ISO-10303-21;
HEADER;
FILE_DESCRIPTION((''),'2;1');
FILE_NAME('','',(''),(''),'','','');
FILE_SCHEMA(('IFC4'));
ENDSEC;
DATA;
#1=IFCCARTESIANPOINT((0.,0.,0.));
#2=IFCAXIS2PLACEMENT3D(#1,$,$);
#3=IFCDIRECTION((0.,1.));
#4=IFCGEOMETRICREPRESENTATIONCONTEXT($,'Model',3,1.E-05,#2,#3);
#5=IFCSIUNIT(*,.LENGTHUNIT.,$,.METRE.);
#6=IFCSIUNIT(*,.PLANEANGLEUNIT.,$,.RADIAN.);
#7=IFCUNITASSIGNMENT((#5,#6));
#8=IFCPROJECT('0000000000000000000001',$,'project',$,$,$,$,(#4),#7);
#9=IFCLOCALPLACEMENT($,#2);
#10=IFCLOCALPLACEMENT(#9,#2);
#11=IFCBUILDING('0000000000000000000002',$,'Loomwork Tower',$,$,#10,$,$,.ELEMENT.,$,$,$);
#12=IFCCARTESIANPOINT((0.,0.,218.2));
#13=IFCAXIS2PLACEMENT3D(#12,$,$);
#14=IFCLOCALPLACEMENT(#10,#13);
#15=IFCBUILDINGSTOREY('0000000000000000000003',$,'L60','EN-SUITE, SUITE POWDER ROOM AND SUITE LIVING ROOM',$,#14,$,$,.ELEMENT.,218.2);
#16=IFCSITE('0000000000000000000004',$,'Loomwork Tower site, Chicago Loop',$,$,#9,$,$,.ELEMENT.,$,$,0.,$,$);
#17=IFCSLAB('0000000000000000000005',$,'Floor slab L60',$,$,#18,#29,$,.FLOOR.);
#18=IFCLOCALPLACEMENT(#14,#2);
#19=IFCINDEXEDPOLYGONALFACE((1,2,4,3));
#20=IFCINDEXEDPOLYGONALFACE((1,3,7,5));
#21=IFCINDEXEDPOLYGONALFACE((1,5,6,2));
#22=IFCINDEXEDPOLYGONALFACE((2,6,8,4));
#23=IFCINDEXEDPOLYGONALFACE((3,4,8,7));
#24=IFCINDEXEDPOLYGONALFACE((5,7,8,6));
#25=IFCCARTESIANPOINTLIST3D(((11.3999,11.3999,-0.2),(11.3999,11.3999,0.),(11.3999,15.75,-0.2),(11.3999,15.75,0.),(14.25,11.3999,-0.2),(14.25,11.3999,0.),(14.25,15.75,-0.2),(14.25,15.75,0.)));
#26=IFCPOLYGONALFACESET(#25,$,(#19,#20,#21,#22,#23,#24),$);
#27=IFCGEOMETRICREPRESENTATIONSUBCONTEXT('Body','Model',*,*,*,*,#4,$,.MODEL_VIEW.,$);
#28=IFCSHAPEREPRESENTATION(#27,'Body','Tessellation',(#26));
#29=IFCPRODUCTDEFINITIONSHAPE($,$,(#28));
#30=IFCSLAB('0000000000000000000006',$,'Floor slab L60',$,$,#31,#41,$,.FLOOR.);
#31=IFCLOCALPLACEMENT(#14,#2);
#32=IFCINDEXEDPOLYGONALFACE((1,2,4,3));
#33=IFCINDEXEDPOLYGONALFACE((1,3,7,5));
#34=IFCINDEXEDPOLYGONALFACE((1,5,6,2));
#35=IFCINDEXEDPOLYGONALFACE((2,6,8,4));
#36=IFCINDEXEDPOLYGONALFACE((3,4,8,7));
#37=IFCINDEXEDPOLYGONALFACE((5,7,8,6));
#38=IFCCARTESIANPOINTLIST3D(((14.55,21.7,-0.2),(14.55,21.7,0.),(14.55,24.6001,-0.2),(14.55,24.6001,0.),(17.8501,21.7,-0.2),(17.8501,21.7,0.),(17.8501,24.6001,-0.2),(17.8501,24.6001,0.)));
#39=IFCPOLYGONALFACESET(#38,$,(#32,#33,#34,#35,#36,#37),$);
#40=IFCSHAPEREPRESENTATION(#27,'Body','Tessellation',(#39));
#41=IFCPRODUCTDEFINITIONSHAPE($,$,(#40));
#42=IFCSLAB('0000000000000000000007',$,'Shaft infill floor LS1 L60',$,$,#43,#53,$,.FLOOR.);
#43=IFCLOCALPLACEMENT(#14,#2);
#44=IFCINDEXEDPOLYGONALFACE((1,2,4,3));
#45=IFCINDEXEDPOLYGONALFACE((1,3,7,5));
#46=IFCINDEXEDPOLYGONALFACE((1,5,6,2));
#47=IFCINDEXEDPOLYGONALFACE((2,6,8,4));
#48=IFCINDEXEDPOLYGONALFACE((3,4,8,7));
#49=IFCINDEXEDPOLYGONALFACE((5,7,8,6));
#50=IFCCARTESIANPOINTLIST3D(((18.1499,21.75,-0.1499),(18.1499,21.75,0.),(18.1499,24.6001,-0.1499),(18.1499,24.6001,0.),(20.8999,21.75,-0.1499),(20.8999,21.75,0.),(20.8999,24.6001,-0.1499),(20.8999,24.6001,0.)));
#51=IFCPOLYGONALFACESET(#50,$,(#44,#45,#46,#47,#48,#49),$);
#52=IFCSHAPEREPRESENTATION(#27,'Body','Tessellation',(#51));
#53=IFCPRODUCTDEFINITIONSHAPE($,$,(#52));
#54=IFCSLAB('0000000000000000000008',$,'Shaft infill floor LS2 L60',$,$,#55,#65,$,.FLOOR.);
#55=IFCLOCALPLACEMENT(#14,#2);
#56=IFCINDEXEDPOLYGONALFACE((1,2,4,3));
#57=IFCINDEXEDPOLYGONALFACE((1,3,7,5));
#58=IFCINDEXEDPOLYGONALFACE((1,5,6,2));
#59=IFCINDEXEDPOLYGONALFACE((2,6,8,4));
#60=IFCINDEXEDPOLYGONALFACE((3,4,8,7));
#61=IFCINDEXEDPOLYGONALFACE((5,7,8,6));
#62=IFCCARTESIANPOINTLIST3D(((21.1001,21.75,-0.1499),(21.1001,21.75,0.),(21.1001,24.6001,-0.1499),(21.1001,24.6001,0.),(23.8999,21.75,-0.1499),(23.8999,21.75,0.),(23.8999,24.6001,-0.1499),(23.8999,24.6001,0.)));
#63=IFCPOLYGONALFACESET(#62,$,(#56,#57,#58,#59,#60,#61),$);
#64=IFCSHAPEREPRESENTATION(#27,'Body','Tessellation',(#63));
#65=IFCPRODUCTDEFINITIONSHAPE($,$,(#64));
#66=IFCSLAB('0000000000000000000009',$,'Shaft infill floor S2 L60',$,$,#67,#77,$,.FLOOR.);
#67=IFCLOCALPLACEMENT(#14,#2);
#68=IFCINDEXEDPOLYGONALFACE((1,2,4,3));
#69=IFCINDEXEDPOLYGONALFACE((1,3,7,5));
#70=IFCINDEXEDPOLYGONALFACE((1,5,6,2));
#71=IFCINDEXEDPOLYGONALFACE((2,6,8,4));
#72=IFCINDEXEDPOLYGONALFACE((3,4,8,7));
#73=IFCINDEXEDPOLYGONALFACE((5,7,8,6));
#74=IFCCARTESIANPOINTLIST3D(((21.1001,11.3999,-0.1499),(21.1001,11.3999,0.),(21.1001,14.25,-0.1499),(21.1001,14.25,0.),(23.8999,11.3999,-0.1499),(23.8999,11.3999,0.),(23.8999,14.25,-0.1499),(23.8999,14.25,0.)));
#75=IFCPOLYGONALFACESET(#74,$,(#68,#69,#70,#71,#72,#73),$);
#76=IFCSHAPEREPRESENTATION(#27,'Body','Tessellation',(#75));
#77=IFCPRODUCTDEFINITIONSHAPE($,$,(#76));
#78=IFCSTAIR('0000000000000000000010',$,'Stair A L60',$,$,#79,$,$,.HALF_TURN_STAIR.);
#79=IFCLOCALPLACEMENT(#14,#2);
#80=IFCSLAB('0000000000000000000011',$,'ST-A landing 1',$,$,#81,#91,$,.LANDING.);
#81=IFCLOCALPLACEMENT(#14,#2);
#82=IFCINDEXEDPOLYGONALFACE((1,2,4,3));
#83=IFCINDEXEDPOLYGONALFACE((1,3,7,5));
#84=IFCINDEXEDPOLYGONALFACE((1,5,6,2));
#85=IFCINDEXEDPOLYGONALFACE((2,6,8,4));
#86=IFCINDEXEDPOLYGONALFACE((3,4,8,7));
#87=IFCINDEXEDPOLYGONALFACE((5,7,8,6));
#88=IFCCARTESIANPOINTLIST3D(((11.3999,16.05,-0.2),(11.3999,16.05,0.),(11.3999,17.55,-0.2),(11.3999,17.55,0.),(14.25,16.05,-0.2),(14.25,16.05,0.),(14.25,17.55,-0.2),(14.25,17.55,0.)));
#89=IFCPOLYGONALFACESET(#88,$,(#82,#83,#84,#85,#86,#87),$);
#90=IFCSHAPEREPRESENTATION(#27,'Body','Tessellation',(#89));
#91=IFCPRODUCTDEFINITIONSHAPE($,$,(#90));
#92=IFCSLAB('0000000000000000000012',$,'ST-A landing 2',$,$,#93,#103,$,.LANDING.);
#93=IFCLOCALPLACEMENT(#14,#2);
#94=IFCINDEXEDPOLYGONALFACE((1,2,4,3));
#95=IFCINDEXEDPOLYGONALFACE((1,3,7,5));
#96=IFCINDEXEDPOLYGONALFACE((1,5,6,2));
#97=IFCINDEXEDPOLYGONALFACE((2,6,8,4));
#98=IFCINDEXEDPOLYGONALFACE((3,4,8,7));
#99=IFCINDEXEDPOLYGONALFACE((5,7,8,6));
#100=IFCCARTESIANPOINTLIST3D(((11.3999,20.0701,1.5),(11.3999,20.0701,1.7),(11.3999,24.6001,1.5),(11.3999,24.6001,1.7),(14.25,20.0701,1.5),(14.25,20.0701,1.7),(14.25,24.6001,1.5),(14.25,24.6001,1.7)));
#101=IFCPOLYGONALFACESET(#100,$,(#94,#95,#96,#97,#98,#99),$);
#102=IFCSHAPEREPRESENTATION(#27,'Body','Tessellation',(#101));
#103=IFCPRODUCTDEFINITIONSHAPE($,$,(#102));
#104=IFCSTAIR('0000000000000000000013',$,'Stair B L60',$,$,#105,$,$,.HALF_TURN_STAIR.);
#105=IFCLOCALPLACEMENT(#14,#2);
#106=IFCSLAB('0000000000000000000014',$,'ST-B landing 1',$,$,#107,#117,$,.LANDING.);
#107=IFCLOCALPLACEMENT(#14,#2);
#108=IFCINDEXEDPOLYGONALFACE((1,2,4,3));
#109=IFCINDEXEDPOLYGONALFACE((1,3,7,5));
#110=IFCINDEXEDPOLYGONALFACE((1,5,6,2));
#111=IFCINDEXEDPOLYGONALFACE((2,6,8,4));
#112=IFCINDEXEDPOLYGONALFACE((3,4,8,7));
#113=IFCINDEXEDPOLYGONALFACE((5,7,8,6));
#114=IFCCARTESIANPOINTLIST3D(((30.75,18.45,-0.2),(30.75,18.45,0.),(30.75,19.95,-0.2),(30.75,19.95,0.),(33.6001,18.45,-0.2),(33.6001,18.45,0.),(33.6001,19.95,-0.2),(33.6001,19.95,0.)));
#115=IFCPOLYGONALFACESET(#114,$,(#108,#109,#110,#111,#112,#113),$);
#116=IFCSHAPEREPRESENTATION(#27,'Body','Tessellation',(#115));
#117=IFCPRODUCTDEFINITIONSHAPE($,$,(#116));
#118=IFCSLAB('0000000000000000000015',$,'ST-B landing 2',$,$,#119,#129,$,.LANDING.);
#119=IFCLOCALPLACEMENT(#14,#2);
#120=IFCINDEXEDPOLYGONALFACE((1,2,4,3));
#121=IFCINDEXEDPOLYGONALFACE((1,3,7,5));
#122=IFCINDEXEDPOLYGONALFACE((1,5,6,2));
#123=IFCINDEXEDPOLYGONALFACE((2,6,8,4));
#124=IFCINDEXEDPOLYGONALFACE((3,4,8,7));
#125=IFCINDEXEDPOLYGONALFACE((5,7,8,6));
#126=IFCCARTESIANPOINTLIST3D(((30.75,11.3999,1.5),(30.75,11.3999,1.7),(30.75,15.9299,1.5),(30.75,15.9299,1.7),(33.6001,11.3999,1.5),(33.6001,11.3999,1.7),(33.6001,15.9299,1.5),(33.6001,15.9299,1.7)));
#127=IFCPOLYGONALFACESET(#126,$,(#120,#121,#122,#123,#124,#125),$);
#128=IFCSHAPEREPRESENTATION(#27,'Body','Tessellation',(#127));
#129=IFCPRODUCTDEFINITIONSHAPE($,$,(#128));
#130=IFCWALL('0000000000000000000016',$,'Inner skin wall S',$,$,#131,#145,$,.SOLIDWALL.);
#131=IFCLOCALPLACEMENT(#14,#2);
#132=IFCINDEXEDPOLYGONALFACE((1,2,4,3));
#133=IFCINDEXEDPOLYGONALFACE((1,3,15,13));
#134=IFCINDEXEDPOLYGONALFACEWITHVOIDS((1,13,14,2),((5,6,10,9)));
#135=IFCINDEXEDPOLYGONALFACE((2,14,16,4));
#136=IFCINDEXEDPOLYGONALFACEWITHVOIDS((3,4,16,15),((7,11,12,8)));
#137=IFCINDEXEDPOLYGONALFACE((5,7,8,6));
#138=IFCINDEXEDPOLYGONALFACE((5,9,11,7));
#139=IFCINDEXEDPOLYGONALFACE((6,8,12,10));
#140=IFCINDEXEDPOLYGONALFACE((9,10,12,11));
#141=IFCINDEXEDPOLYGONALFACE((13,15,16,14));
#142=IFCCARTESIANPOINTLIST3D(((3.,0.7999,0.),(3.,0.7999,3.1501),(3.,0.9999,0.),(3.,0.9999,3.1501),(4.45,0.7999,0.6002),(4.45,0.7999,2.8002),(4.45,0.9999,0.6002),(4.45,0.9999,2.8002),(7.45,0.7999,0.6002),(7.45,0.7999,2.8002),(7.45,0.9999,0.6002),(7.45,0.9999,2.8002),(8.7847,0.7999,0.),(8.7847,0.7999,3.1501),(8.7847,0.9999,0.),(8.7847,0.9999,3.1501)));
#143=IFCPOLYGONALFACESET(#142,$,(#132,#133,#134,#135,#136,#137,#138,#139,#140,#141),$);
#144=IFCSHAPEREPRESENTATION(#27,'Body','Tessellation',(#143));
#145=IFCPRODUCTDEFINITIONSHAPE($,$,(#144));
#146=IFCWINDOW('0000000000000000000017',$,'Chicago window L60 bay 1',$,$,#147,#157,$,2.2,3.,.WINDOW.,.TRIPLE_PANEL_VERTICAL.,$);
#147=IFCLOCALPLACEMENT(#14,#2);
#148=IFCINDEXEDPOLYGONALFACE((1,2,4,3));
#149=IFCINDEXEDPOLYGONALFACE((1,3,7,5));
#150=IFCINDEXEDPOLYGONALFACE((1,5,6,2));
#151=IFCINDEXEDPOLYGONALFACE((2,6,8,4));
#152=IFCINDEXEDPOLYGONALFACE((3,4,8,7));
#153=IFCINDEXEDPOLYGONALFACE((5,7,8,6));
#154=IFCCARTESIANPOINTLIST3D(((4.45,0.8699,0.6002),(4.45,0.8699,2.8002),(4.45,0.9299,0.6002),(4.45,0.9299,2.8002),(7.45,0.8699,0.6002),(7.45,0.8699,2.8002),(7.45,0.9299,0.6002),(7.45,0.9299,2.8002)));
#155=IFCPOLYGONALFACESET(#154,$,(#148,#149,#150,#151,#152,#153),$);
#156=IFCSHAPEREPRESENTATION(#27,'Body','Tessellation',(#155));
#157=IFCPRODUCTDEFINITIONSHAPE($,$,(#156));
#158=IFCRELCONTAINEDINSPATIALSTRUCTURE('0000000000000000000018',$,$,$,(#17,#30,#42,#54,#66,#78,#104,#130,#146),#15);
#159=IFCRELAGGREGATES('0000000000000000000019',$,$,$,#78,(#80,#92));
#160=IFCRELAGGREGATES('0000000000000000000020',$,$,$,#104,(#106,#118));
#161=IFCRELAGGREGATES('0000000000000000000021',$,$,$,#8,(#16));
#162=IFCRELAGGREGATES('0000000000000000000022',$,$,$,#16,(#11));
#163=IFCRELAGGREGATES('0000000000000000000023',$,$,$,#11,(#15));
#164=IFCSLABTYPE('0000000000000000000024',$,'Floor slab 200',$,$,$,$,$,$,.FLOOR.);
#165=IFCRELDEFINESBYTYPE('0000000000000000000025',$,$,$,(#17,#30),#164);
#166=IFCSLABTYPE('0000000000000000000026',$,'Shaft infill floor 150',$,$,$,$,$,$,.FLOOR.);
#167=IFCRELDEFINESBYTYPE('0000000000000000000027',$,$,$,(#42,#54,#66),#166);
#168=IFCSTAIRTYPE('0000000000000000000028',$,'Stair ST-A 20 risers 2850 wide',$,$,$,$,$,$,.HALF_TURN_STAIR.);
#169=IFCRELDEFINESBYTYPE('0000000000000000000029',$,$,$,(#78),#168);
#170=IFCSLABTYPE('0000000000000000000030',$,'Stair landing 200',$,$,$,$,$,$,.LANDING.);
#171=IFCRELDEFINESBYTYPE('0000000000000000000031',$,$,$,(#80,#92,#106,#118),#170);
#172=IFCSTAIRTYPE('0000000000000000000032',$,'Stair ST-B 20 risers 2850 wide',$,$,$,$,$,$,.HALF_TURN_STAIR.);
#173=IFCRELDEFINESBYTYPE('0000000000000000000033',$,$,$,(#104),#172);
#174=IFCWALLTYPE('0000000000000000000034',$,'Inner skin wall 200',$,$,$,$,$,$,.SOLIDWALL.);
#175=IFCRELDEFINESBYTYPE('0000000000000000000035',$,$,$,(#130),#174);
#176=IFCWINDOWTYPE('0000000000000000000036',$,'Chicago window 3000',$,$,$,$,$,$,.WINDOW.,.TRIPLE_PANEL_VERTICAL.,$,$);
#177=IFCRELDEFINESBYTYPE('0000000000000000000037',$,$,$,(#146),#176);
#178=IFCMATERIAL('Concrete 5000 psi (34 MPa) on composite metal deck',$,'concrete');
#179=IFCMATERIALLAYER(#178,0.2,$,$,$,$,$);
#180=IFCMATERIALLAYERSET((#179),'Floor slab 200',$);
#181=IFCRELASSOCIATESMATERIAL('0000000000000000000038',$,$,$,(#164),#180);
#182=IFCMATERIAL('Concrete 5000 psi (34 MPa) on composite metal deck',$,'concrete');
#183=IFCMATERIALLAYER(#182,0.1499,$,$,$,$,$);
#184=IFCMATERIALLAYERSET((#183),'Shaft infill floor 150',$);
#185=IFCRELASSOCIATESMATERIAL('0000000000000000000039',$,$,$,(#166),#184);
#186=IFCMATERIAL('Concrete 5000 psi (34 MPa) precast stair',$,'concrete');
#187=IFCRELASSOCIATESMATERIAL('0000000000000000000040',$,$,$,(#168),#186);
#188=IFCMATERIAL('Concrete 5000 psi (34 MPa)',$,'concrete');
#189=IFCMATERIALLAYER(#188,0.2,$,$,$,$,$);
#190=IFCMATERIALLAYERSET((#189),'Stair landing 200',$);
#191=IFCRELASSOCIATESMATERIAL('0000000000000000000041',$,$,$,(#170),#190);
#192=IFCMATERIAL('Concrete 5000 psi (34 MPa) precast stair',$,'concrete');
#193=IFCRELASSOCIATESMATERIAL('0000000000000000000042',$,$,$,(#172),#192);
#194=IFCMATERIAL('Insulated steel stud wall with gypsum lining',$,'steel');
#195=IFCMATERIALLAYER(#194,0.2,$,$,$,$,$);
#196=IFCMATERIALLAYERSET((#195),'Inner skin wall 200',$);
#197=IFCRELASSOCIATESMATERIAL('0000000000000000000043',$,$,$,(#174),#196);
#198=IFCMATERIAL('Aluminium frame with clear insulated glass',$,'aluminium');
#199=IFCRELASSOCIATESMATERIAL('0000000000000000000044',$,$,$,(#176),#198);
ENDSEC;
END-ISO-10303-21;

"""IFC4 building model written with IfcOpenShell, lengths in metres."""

from ifc_helpers import new_model, si_unit, direction, frame, frame_2d, origin, place, context, subcontext, project, spatial, polyline, rectangle, outline, extrude, material, layer, layer_set, type_object, element, fill, aggregate, save


model = new_model("IFC4")

# Units and contexts
model_context = context("Model", 3, precision=1e-05, world=origin(), true_north=direction((0.0, 1.0)))
body_context = subcontext(model_context, "Body", "Model", "MODEL_VIEW")
ifc_project = project(units=[si_unit("LENGTHUNIT", "METRE"), si_unit("PLANEANGLEUNIT", "RADIAN")], contexts=[model_context])

# Site, building, storey
site_placement = place(None, origin())
site = spatial("IfcSite", under=ifc_project, at=site_placement, Name="Loomwork Tower site, Chicago Loop", CompositionType="ELEMENT", RefElevation=0.0)
building_placement = place(site_placement, origin())
building = spatial("IfcBuilding", under=site, at=building_placement, Name="Loomwork Tower", CompositionType="ELEMENT")
storey_placement = place(building_placement, frame((0.0, 0.0, 218.2)))
storey = spatial("IfcBuildingStorey", under=building, at=storey_placement, Name="L60", Description="EN-SUITE, SUITE POWDER ROOM AND SUITE LIVING ROOM", CompositionType="ELEMENT", Elevation=218.2)

# Slabs
ifc_material_1 = material(Name="Concrete 5000 psi (34 MPa) on composite metal deck", Category="concrete")
ifc_layer_1 = layer(ifc_material_1, 0.2)
ifc_layer_set_1 = layer_set([ifc_layer_1], Name="Floor slab 200")
slab_type_1 = type_object("IfcSlabType", Name="Floor slab 200", PredefinedType="FLOOR", material=ifc_layer_set_1)
slab_1_placement = place(storey_placement, frame((0.0, 0.0, -0.2)))
element("IfcSlab", 1, at=slab_1_placement, inside=storey, type_object=slab_type_1, Name="Floor slab L60", PredefinedType="FLOOR", context=body_context, shape_type="SweptSolid", body=[
    extrude(outline(polyline([(14.25, 15.75), (14.25, 11.3999), (11.3999, 11.3999), (11.3999, 15.75), (14.25, 15.75)])), origin(), (0.0, 0.0, 1.0), 0.2),
])
slab_2_placement = place(storey_placement, frame((0.0, 0.0, -0.2)))
element("IfcSlab", 2, at=slab_2_placement, inside=storey, type_object=slab_type_1, Name="Floor slab L60", PredefinedType="FLOOR", context=body_context, shape_type="SweptSolid", body=[
    extrude(outline(polyline([(14.55, 21.7), (14.55, 24.6001), (17.8501, 24.6001), (17.8501, 21.7), (14.55, 21.7)])), origin(), (0.0, 0.0, 1.0), 0.2),
])
ifc_material_2 = material(Name="Concrete 5000 psi (34 MPa) on composite metal deck", Category="concrete")
ifc_layer_2 = layer(ifc_material_2, 0.1499)
ifc_layer_set_2 = layer_set([ifc_layer_2], Name="Shaft infill floor 150")
slab_type_2 = type_object("IfcSlabType", Name="Shaft infill floor 150", PredefinedType="FLOOR", material=ifc_layer_set_2)
slab_3_placement = place(storey_placement, frame((0.0, 0.0, -0.1499)))
element("IfcSlab", 3, at=slab_3_placement, inside=storey, type_object=slab_type_2, Name="Shaft infill floor LS1 L60", PredefinedType="FLOOR", context=body_context, shape_type="SweptSolid", body=[
    extrude(outline(polyline([(18.1499, 21.75), (20.8999, 21.75), (20.8999, 24.6001), (18.1499, 24.6001), (18.1499, 21.75)])), origin(), (0.0, 0.0, 1.0), 0.1499),
])
slab_4_placement = place(storey_placement, frame((0.0, 0.0, -0.1499)))
element("IfcSlab", 4, at=slab_4_placement, inside=storey, type_object=slab_type_2, Name="Shaft infill floor LS2 L60", PredefinedType="FLOOR", context=body_context, shape_type="SweptSolid", body=[
    extrude(outline(polyline([(21.1001, 21.75), (23.8999, 21.75), (23.8999, 24.6001), (21.1001, 24.6001), (21.1001, 21.75)])), origin(), (0.0, 0.0, 1.0), 0.1499),
])
slab_5_placement = place(storey_placement, frame((0.0, 0.0, -0.1499)))
element("IfcSlab", 5, at=slab_5_placement, inside=storey, type_object=slab_type_2, Name="Shaft infill floor S2 L60", PredefinedType="FLOOR", context=body_context, shape_type="SweptSolid", body=[
    extrude(outline(polyline([(21.1001, 11.3999), (23.8999, 11.3999), (23.8999, 14.25), (21.1001, 14.25), (21.1001, 11.3999)])), origin(), (0.0, 0.0, 1.0), 0.1499),
])

# Stairs, slabs
ifc_material_3 = material(Name="Concrete 5000 psi (34 MPa) precast stair", Category="concrete")
stair_type_1 = type_object("IfcStairType", Name="Stair ST-A 20 risers 2850 wide", PredefinedType="HALF_TURN_STAIR", material=ifc_material_3)
stair_1_placement = place(storey_placement, origin())
stair_1 = element("IfcStair", 6, at=stair_1_placement, inside=storey, type_object=stair_type_1, Name="Stair A L60", PredefinedType="HALF_TURN_STAIR")
ifc_material_4 = material(Name="Concrete 5000 psi (34 MPa)", Category="concrete")
ifc_layer_3 = layer(ifc_material_4, 0.2)
ifc_layer_set_3 = layer_set([ifc_layer_3], Name="Stair landing 200")
slab_type_3 = type_object("IfcSlabType", Name="Stair landing 200", PredefinedType="LANDING", material=ifc_layer_set_3)
slab_6_placement = place(storey_placement, frame((0.0, 0.0, -0.2)))
slab_6 = element("IfcSlab", 7, at=slab_6_placement, type_object=slab_type_3, Name="ST-A landing 1", PredefinedType="LANDING", context=body_context, shape_type="SweptSolid", body=[
    extrude(outline(polyline([(11.3999, 16.05), (14.25, 16.05), (14.25, 17.55), (11.3999, 17.55), (11.3999, 16.05)])), origin(), (0.0, 0.0, 1.0), 0.2),
])
slab_7_placement = place(storey_placement, frame((0.0, 0.0, 1.5)))
slab_7 = element("IfcSlab", 8, at=slab_7_placement, type_object=slab_type_3, Name="ST-A landing 2", PredefinedType="LANDING", context=body_context, shape_type="SweptSolid", body=[
    extrude(outline(polyline([(11.3999, 20.0701), (14.25, 20.0701), (14.25, 24.6001), (11.3999, 24.6001), (11.3999, 20.0701)])), origin(), (0.0, 0.0, 1.0), 0.2),
])
aggregate(stair_1, [slab_6, slab_7])
ifc_material_5 = material(Name="Concrete 5000 psi (34 MPa) precast stair", Category="concrete")
stair_type_2 = type_object("IfcStairType", Name="Stair ST-B 20 risers 2850 wide", PredefinedType="HALF_TURN_STAIR", material=ifc_material_5)
stair_2_placement = place(storey_placement, origin())
stair_2 = element("IfcStair", 9, at=stair_2_placement, inside=storey, type_object=stair_type_2, Name="Stair B L60", PredefinedType="HALF_TURN_STAIR")
slab_8_placement = place(storey_placement, frame((0.0, 0.0, -0.2)))
slab_8 = element("IfcSlab", 10, at=slab_8_placement, type_object=slab_type_3, Name="ST-B landing 1", PredefinedType="LANDING", context=body_context, shape_type="SweptSolid", body=[
    extrude(outline(polyline([(30.75, 18.45), (33.6001, 18.45), (33.6001, 19.95), (30.75, 19.95), (30.75, 18.45)])), origin(), (0.0, 0.0, 1.0), 0.2),
])
slab_9_placement = place(storey_placement, frame((0.0, 0.0, 1.5)))
slab_9 = element("IfcSlab", 11, at=slab_9_placement, type_object=slab_type_3, Name="ST-B landing 2", PredefinedType="LANDING", context=body_context, shape_type="SweptSolid", body=[
    extrude(outline(polyline([(30.75, 11.3999), (33.6001, 11.3999), (33.6001, 15.9299), (30.75, 15.9299), (30.75, 11.3999)])), origin(), (0.0, 0.0, 1.0), 0.2),
])
aggregate(stair_2, [slab_8, slab_9])

# Wall, opening, window
ifc_material_6 = material(Name="Insulated steel stud wall with gypsum lining", Category="steel")
ifc_layer_4 = layer(ifc_material_6, 0.2)
ifc_layer_set_4 = layer_set([ifc_layer_4], Name="Inner skin wall 200")
wall_type_1 = type_object("IfcWallType", Name="Inner skin wall 200", PredefinedType="SOLIDWALL", material=ifc_layer_set_4)
wall_1_placement = place(storey_placement, frame((3.0, 0.8999, 0.0), z_axis=(0.0, 0.0, 1.0), x_axis=(1.0, 0.0, 0.0)))
wall_1 = element("IfcWall", 12, at=wall_1_placement, inside=storey, type_object=wall_type_1, Name="Inner skin wall S", PredefinedType="SOLIDWALL", context=body_context, shape_type="SweptSolid", body=[
    extrude(rectangle(XDim=5.7847, YDim=0.2, at=frame_2d((2.8923, 0.0))), origin(), (0.0, 0.0, 1.0), 3.1501),
])
opening_1_placement = place(wall_1_placement, frame((1.45, 0.0, 0.6001)))
opening_1 = element("IfcOpeningElement", 13, at=opening_1_placement, cuts=wall_1, PredefinedType="OPENING", context=body_context, shape_type="SweptSolid", body=[
    extrude(rectangle(XDim=3.0, YDim=2.2, at=frame_2d((1.5, 1.1001))), frame((0.0, 0.1099, 0.0), z_axis=(0.0, -1.0, 0.0), x_axis=(1.0, 0.0, 0.0)), (0.0, 0.0, 1.0), 0.22),
])
ifc_material_7 = material(Name="Aluminium frame with clear insulated glass", Category="aluminium")
window_type_1 = type_object("IfcWindowType", Name="Chicago window 3000", PartitioningType="TRIPLE_PANEL_VERTICAL", PredefinedType="WINDOW", material=ifc_material_7)
window_1_placement = place(opening_1_placement, origin())
window_1 = element("IfcWindow", 14, at=window_1_placement, inside=storey, type_object=window_type_1, Name="Chicago window L60 bay 1", OverallHeight=2.2, OverallWidth=3.0, PartitioningType="TRIPLE_PANEL_VERTICAL", PredefinedType="WINDOW", context=body_context, shape_type="SweptSolid", body=[
    extrude(rectangle(XDim=3.0, YDim=2.2, at=frame_2d((1.5, 1.1001))), frame((0.0, 0.03, 0.0), z_axis=(0.0, -1.0, 0.0), x_axis=(1.0, 0.0, 0.0)), (0.0, 0.0, 1.0), 0.0601),
])
fill(opening_1, window_1)

save(model, "model.ifc")
